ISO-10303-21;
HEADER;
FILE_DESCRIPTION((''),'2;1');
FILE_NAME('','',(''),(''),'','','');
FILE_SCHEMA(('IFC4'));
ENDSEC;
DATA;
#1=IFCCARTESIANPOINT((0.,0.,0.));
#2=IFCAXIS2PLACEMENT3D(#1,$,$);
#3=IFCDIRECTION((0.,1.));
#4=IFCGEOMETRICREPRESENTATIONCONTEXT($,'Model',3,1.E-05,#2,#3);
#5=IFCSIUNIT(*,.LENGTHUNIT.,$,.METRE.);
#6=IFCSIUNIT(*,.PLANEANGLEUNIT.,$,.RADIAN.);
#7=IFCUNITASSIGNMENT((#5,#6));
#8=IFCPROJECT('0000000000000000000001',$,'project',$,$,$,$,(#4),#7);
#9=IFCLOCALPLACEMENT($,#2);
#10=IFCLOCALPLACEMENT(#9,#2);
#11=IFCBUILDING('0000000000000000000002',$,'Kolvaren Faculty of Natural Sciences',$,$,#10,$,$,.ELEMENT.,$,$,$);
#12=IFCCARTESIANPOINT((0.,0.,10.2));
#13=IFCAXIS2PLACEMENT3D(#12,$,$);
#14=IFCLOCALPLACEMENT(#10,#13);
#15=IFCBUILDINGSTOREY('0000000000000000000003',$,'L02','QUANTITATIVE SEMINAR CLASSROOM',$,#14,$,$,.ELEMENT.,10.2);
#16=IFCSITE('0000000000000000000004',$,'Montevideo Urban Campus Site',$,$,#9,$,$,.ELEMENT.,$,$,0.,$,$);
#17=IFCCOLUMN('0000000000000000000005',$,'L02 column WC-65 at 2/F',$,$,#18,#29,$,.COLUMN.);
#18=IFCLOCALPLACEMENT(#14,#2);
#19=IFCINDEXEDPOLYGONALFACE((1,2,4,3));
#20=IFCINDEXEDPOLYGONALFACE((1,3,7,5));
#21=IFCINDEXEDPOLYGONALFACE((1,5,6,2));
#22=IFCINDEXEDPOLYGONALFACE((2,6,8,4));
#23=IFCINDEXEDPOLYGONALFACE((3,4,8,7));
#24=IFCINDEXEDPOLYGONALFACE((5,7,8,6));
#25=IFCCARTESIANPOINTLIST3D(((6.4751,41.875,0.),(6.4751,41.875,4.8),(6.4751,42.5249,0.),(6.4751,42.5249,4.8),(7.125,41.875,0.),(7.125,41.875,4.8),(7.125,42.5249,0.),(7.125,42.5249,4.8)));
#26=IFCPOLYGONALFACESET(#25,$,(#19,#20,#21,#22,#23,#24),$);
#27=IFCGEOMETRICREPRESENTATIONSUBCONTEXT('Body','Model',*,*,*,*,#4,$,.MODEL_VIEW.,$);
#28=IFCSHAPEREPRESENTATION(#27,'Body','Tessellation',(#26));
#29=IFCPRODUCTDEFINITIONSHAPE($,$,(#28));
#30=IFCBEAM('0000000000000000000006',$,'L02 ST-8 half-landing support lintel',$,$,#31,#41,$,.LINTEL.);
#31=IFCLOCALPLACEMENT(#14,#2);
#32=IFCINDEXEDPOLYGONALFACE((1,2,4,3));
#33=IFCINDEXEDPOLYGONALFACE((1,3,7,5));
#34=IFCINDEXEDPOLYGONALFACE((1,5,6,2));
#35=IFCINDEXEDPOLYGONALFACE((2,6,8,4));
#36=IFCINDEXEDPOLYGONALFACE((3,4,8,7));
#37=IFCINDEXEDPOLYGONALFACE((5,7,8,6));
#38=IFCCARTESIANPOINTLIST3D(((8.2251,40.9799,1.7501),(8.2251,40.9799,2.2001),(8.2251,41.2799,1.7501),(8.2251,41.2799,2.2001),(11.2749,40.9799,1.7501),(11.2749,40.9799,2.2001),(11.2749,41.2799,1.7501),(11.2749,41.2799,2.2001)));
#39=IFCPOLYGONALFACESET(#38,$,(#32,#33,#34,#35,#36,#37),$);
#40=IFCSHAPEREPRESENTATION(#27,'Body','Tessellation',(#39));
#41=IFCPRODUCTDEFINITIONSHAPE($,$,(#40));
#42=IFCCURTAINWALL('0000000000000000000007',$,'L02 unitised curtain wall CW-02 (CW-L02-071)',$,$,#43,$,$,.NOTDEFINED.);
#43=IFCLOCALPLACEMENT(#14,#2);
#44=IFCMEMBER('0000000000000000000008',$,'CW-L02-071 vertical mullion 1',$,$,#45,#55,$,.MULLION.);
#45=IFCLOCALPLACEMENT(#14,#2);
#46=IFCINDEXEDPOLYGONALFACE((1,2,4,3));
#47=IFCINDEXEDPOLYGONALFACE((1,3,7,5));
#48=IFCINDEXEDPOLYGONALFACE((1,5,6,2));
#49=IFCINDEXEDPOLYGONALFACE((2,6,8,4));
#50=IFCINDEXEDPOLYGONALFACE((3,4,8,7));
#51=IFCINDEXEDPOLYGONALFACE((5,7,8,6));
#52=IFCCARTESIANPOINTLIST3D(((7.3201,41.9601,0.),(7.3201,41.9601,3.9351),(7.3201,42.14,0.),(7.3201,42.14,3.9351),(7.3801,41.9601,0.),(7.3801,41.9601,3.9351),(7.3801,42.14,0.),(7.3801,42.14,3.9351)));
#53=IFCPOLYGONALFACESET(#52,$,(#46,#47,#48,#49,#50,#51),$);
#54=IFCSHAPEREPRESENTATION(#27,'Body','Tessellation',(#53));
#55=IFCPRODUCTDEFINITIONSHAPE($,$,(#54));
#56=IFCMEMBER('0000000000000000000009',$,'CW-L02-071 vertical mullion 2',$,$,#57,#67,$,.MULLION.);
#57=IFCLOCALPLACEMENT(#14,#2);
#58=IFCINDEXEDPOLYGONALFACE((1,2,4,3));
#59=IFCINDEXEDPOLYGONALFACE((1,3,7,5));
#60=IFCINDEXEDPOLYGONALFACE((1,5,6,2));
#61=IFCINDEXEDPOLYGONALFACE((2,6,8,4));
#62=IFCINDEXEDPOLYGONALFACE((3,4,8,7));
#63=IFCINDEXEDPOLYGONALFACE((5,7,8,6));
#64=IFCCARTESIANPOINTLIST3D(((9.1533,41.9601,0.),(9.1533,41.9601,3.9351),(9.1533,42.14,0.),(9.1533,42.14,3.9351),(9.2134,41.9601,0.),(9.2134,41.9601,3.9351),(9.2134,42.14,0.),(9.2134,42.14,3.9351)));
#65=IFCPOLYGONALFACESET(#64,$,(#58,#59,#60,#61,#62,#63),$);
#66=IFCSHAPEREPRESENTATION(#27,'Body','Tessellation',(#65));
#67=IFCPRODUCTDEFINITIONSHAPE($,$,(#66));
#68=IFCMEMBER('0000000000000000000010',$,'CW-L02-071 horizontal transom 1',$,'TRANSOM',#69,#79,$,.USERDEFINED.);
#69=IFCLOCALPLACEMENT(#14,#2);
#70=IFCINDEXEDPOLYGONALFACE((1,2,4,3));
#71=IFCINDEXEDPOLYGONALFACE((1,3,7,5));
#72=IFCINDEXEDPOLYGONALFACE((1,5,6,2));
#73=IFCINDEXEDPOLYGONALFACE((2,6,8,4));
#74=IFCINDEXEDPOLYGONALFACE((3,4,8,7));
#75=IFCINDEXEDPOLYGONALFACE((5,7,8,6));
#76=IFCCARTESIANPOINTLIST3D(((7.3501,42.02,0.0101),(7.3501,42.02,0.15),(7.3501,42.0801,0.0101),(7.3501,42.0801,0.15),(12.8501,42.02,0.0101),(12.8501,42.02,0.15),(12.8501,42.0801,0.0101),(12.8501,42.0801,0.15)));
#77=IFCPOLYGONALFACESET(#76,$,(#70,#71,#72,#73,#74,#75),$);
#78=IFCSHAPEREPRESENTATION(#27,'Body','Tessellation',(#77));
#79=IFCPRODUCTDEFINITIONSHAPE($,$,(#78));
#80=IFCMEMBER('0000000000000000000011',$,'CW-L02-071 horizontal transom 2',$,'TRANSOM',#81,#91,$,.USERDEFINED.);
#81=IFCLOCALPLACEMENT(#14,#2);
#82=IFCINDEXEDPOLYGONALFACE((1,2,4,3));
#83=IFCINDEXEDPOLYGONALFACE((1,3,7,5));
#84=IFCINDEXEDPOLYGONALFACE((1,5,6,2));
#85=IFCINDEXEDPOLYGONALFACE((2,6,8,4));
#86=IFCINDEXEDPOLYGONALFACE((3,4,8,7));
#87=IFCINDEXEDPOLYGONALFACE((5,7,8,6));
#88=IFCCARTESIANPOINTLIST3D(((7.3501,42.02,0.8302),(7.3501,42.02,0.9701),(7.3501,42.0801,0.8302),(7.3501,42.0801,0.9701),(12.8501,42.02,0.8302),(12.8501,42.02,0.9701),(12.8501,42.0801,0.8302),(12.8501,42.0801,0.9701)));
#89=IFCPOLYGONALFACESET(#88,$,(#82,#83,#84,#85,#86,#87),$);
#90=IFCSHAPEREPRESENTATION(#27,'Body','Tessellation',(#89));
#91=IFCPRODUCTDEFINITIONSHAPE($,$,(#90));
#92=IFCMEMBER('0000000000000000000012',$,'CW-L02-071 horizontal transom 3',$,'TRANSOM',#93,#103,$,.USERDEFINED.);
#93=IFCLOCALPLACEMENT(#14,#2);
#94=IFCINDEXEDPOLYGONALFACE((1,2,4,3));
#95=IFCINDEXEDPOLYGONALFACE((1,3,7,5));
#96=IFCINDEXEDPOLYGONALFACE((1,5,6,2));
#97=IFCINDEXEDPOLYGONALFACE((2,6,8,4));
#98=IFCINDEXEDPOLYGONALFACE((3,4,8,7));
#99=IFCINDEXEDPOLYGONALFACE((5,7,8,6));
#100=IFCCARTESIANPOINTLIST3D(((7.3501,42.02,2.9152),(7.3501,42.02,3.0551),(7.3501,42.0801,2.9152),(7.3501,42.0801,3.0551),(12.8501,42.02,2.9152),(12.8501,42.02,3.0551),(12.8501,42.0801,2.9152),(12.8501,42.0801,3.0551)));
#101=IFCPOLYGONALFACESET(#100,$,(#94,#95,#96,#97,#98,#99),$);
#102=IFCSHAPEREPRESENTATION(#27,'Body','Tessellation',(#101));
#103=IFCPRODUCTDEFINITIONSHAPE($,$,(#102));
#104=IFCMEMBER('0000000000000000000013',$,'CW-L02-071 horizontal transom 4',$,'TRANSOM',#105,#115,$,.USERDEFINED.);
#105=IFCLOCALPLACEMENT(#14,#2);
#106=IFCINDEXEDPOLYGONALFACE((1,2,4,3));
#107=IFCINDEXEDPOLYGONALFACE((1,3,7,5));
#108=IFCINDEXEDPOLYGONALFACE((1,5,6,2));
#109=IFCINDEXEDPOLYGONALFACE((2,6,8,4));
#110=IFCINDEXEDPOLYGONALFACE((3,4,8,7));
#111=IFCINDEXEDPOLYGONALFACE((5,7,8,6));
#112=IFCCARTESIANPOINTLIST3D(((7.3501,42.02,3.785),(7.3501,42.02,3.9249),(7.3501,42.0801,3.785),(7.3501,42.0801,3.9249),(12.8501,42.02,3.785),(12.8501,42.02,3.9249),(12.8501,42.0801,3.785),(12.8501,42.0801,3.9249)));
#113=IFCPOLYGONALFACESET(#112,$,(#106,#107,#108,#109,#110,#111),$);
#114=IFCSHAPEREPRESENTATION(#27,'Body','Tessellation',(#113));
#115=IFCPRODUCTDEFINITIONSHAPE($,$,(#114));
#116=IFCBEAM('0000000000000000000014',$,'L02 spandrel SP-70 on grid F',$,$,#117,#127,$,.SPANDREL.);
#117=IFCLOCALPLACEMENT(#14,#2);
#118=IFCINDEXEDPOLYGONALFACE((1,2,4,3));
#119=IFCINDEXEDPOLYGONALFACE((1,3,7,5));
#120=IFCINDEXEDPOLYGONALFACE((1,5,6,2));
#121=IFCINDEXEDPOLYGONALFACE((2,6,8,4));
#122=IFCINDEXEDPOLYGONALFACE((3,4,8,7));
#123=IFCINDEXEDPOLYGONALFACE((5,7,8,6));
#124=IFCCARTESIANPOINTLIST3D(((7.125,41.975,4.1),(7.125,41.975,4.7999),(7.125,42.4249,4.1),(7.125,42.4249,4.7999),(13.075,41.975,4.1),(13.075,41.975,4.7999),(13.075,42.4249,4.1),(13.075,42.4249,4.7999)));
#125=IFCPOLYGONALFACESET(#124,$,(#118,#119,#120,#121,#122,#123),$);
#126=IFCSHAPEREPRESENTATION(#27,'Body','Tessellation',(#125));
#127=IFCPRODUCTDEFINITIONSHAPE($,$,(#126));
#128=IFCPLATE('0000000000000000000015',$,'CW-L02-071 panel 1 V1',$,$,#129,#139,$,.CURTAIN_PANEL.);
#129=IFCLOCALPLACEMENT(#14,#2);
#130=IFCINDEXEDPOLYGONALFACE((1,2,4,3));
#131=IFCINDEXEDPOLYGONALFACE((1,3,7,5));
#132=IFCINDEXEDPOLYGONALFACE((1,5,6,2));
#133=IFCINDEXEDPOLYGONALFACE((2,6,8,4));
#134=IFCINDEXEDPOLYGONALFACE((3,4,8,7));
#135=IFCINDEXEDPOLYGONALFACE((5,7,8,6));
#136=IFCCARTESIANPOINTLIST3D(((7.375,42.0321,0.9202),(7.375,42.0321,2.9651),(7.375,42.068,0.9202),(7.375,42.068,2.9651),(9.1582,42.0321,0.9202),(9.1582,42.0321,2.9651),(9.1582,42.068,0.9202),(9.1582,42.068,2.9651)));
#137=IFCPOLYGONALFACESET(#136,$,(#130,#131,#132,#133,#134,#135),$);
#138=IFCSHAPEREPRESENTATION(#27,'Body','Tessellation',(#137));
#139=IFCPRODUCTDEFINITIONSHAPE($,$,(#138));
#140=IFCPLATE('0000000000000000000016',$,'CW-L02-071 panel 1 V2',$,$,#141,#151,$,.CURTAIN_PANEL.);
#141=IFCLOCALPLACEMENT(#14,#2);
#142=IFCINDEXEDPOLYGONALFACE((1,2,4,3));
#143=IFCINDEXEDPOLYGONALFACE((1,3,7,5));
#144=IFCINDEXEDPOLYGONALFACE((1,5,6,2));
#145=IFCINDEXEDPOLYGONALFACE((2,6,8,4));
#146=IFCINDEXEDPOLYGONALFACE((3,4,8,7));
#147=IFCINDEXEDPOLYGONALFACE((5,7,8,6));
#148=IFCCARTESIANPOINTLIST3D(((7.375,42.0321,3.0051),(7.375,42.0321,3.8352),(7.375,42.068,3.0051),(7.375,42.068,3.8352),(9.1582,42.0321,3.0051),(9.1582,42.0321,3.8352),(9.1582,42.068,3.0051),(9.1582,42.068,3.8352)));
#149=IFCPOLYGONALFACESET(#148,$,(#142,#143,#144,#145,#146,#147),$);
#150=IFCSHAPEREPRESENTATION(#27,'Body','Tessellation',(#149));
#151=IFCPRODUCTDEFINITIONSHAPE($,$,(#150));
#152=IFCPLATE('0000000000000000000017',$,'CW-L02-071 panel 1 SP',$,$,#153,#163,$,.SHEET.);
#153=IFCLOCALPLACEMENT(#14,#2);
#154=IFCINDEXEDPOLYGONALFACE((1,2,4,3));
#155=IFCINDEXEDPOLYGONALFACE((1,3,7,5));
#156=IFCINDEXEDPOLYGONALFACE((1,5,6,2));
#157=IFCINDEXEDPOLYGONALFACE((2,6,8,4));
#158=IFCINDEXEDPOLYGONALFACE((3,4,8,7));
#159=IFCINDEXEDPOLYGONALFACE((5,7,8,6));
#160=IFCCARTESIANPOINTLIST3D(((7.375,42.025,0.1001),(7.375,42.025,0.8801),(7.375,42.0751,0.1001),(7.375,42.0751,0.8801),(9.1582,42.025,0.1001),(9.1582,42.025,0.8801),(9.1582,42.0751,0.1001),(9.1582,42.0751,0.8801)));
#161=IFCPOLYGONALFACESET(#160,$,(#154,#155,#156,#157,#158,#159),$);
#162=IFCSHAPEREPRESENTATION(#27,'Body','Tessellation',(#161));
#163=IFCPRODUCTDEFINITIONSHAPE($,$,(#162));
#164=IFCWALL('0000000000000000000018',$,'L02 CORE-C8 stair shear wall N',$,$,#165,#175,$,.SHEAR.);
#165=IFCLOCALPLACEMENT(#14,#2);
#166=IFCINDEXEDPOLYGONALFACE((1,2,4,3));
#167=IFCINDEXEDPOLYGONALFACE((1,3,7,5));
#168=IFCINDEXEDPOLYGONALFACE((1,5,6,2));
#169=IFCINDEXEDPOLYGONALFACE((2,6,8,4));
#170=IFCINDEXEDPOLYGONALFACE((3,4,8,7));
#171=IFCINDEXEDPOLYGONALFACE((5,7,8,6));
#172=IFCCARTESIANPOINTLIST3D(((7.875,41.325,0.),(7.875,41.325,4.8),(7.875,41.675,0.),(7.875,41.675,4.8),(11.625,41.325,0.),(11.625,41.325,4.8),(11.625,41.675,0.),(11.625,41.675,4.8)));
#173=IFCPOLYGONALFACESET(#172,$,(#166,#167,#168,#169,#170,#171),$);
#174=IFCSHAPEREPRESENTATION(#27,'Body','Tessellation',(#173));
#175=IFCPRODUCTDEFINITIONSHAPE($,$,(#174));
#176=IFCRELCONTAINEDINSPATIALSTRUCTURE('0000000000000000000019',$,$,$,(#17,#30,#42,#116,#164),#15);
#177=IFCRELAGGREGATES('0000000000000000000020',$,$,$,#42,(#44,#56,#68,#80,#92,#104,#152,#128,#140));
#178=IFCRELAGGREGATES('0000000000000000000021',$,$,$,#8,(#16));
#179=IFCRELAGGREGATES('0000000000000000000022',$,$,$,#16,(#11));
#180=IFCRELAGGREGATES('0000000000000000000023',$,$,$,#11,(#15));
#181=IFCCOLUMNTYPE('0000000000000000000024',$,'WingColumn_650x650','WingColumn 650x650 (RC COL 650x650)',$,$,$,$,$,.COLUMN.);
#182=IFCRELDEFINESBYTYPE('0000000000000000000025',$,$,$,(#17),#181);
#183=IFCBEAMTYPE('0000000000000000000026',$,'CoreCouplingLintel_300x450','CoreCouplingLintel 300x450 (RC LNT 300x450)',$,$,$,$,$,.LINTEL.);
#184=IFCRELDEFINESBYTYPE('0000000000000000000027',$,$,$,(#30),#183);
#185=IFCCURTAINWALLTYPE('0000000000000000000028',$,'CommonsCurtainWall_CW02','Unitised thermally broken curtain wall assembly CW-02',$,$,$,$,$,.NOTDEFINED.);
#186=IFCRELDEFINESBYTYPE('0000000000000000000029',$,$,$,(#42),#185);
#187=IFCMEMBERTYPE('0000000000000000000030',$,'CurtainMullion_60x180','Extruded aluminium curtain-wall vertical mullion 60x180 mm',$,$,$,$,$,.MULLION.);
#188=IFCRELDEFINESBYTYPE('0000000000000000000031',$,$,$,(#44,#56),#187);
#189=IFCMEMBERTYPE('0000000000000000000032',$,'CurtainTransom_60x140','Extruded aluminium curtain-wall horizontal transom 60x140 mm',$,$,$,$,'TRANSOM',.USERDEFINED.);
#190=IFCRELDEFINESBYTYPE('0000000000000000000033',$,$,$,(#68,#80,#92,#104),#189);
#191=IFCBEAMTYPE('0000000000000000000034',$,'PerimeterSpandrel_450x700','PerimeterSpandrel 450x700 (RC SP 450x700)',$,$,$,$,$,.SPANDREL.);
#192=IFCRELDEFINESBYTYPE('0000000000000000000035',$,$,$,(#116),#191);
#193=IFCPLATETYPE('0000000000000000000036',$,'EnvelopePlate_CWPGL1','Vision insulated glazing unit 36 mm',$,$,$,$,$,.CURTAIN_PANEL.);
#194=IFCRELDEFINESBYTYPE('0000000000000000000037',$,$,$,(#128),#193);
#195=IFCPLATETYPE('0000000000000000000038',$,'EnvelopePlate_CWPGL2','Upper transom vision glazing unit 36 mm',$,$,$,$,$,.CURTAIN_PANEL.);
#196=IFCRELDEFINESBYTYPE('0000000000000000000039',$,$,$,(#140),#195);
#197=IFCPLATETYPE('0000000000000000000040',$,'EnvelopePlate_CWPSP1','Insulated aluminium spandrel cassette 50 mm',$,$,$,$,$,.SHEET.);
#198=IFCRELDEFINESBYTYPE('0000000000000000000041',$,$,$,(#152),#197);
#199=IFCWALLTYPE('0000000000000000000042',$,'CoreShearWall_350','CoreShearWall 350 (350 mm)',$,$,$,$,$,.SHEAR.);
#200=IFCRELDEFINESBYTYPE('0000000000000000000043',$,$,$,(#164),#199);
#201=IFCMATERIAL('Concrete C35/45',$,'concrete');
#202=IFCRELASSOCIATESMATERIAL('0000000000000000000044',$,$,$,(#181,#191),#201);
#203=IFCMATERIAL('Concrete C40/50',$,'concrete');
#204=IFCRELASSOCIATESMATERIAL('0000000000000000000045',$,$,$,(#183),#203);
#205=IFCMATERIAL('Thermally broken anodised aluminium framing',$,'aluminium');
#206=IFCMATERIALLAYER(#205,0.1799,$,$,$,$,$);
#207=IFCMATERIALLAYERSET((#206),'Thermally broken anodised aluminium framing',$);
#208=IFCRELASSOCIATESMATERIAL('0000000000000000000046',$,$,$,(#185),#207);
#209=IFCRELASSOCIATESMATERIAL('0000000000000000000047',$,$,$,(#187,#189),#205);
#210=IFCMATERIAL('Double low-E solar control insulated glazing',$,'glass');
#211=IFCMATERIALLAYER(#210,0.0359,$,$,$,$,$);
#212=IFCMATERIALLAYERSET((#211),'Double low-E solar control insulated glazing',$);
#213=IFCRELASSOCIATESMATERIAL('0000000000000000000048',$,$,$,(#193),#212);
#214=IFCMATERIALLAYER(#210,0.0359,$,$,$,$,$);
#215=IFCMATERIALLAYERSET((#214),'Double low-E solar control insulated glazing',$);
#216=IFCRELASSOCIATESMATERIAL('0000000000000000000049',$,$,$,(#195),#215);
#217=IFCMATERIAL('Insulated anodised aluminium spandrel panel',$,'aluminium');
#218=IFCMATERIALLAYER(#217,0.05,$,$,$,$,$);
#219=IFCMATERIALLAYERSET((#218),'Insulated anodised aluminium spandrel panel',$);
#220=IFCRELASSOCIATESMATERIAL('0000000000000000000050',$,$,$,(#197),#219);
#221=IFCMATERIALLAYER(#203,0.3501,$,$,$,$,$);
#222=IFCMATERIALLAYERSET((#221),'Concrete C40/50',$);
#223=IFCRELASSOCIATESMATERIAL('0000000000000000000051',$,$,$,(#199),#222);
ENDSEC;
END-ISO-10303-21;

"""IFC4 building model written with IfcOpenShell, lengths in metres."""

from ifc_helpers import new_model, si_unit, direction, frame, frame_2d, origin, origin_2d, place, context, subcontext, project, spatial, rectangle, extrude, material, layer, layer_set, material_profile, profile_set, type_object, element, aggregate, save


model = new_model("IFC4")

# Units and contexts
model_context = context("Model", 3, precision=1e-05, world=origin(), true_north=direction((0.0, 1.0)))
body_context = subcontext(model_context, "Body", "Model", "MODEL_VIEW")
ifc_project = project(units=[si_unit("LENGTHUNIT", "METRE"), si_unit("PLANEANGLEUNIT", "RADIAN")], contexts=[model_context])

# Site, building, storey
site_placement = place(None, origin())
site = spatial("IfcSite", under=ifc_project, at=site_placement, Name="Montevideo Urban Campus Site", CompositionType="ELEMENT", RefElevation=0.0)
building_placement = place(site_placement, origin())
building = spatial("IfcBuilding", under=site, at=building_placement, Name="Kolvaren Faculty of Natural Sciences", CompositionType="ELEMENT")
storey_placement = place(building_placement, frame((0.0, 0.0, 10.2)))
storey = spatial("IfcBuildingStorey", under=building, at=storey_placement, Name="L02", Description="QUANTITATIVE SEMINAR CLASSROOM", CompositionType="ELEMENT", Elevation=10.2)

# Column
ifc_material_1 = material(Name="Concrete C35/45", Category="concrete")
ifc_material_profile_1 = material_profile(ifc_material_1, rectangle(XDim=0.6499, YDim=0.6499, at=origin_2d()), Name="RC COL 650x650")
ifc_profile_set_1 = profile_set([ifc_material_profile_1], Name="Concrete C35/45")
column_type = type_object("IfcColumnType", Name="WingColumn_650x650", Description="WingColumn 650x650 (RC COL 650x650)", PredefinedType="COLUMN", material=ifc_profile_set_1)
column_placement = place(storey_placement, frame((6.8, 42.2, 0.0), z_axis=(0.0, 0.0, 1.0), x_axis=(1.0, 0.0, 0.0)))
element("IfcColumn", 1, at=column_placement, inside=storey, type_object=column_type, Name="L02 column WC-65 at 2/F", PredefinedType="COLUMN", context=body_context, shape_type="SweptSolid", body=[
    extrude(rectangle(XDim=0.6499, YDim=0.6499, at=origin_2d()), origin(), (0.0, 0.0, 1.0), 4.8),
])

# Beam
ifc_material_2 = material(Name="Concrete C40/50", Category="concrete")
ifc_material_profile_2 = material_profile(ifc_material_2, rectangle(XDim=0.3, YDim=0.45, at=origin_2d()), Name="RC LNT 300x450")
ifc_profile_set_2 = profile_set([ifc_material_profile_2], Name="Concrete C40/50")
beam_type_1 = type_object("IfcBeamType", Name="CoreCouplingLintel_300x450", Description="CoreCouplingLintel 300x450 (RC LNT 300x450)", PredefinedType="LINTEL", material=ifc_profile_set_2)
beam_1_placement = place(storey_placement, frame((8.2251, 41.1299, 1.9751), z_axis=(1.0, 0.0, 0.0), x_axis=(0.0, 1.0, 0.0)))
element("IfcBeam", 2, at=beam_1_placement, inside=storey, type_object=beam_type_1, Name="L02 ST-8 half-landing support lintel", PredefinedType="LINTEL", context=body_context, shape_type="SweptSolid", body=[
    extrude(rectangle(XDim=0.3, YDim=0.45, at=origin_2d()), origin(), (0.0, 0.0, 1.0), 3.0498),
])

# Curtain wall, members
ifc_material_3 = material(Name="Thermally broken anodised aluminium framing", Category="aluminium")
ifc_layer_1 = layer(ifc_material_3, 0.1799)
ifc_layer_set_1 = layer_set([ifc_layer_1], Name="Thermally broken anodised aluminium framing")
curtain_wall_type = type_object("IfcCurtainWallType", Name="CommonsCurtainWall_CW02", Description="Unitised thermally broken curtain wall assembly CW-02", PredefinedType="NOTDEFINED", material=ifc_layer_set_1)
curtain_wall_placement = place(storey_placement, origin())
curtain_wall = element("IfcCurtainWall", 3, at=curtain_wall_placement, inside=storey, type_object=curtain_wall_type, Name="L02 unitised curtain wall CW-02 (CW-L02-071)", PredefinedType="NOTDEFINED")
ifc_material_profile_3 = material_profile(ifc_material_3, rectangle(XDim=0.0601, YDim=0.1799, at=origin_2d()), Name="ALU MUL 60x180")
ifc_profile_set_3 = profile_set([ifc_material_profile_3], Name="Thermally broken anodised aluminium framing")
member_type_1 = type_object("IfcMemberType", Name="CurtainMullion_60x180", Description="Extruded aluminium curtain-wall vertical mullion 60x180 mm", PredefinedType="MULLION", material=ifc_profile_set_3)
member_1_placement = place(storey_placement, frame((7.3501, 42.05, 0.0), z_axis=(0.0, 0.0, 1.0), x_axis=(1.0, 0.0, 0.0)))
member_1 = element("IfcMember", 4, at=member_1_placement, type_object=member_type_1, Name="CW-L02-071 vertical mullion 1", PredefinedType="MULLION", context=body_context, shape_type="SweptSolid", body=[
    extrude(rectangle(XDim=0.0601, YDim=0.1799, at=origin_2d()), origin(), (0.0, 0.0, 1.0), 3.9351),
])
member_2_placement = place(storey_placement, frame((9.1833, 42.05, 0.0), z_axis=(0.0, 0.0, 1.0), x_axis=(1.0, 0.0, 0.0)))
member_2 = element("IfcMember", 5, at=member_2_placement, type_object=member_type_1, Name="CW-L02-071 vertical mullion 2", PredefinedType="MULLION", context=body_context, shape_type="SweptSolid", body=[
    extrude(rectangle(XDim=0.0601, YDim=0.1799, at=origin_2d()), origin(), (0.0, 0.0, 1.0), 3.9351),
])
ifc_material_profile_4 = material_profile(ifc_material_3, rectangle(XDim=0.0601, YDim=0.1399, at=origin_2d()), Name="ALU TRN 60x140")
ifc_profile_set_4 = profile_set([ifc_material_profile_4], Name="Thermally broken anodised aluminium framing")
member_type_2 = type_object("IfcMemberType", Name="CurtainTransom_60x140", Description="Extruded aluminium curtain-wall horizontal transom 60x140 mm", ElementType="TRANSOM", PredefinedType="USERDEFINED", material=ifc_profile_set_4)
member_3_placement = place(storey_placement, frame((7.3501, 42.05, 0.0801), z_axis=(1.0, 0.0, 0.0), x_axis=(0.0, 1.0, 0.0)))
member_3 = element("IfcMember", 6, at=member_3_placement, type_object=member_type_2, Name="CW-L02-071 horizontal transom 1", ObjectType="TRANSOM", PredefinedType="USERDEFINED", context=body_context, shape_type="SweptSolid", body=[
    extrude(rectangle(XDim=0.0601, YDim=0.1399, at=origin_2d()), origin(), (0.0, 0.0, 1.0), 5.5),
])
member_4_placement = place(storey_placement, frame((7.3501, 42.05, 0.9001), z_axis=(1.0, 0.0, 0.0), x_axis=(0.0, 1.0, 0.0)))
member_4 = element("IfcMember", 7, at=member_4_placement, type_object=member_type_2, Name="CW-L02-071 horizontal transom 2", ObjectType="TRANSOM", PredefinedType="USERDEFINED", context=body_context, shape_type="SweptSolid", body=[
    extrude(rectangle(XDim=0.0601, YDim=0.1399, at=origin_2d()), origin(), (0.0, 0.0, 1.0), 5.5),
])
member_5_placement = place(storey_placement, frame((7.3501, 42.05, 2.9851), z_axis=(1.0, 0.0, 0.0), x_axis=(0.0, 1.0, 0.0)))
member_5 = element("IfcMember", 8, at=member_5_placement, type_object=member_type_2, Name="CW-L02-071 horizontal transom 3", ObjectType="TRANSOM", PredefinedType="USERDEFINED", context=body_context, shape_type="SweptSolid", body=[
    extrude(rectangle(XDim=0.0601, YDim=0.1399, at=origin_2d()), origin(), (0.0, 0.0, 1.0), 5.5),
])
member_6_placement = place(storey_placement, frame((7.3501, 42.05, 3.855), z_axis=(1.0, 0.0, 0.0), x_axis=(0.0, 1.0, 0.0)))
member_6 = element("IfcMember", 9, at=member_6_placement, type_object=member_type_2, Name="CW-L02-071 horizontal transom 4", ObjectType="TRANSOM", PredefinedType="USERDEFINED", context=body_context, shape_type="SweptSolid", body=[
    extrude(rectangle(XDim=0.0601, YDim=0.1399, at=origin_2d()), origin(), (0.0, 0.0, 1.0), 5.5),
])

# Beam
ifc_material_profile_5 = material_profile(ifc_material_1, rectangle(XDim=0.45, YDim=0.7, at=origin_2d()), Name="RC SP 450x700")
ifc_profile_set_5 = profile_set([ifc_material_profile_5], Name="Concrete C35/45")
beam_type_2 = type_object("IfcBeamType", Name="PerimeterSpandrel_450x700", Description="PerimeterSpandrel 450x700 (RC SP 450x700)", PredefinedType="SPANDREL", material=ifc_profile_set_5)
beam_2_placement = place(storey_placement, frame((7.125, 42.2, 4.45), z_axis=(1.0, 0.0, 0.0), x_axis=(0.0, 1.0, 0.0)))
element("IfcBeam", 10, at=beam_2_placement, inside=storey, type_object=beam_type_2, Name="L02 spandrel SP-70 on grid F", PredefinedType="SPANDREL", context=body_context, shape_type="SweptSolid", body=[
    extrude(rectangle(XDim=0.45, YDim=0.7, at=origin_2d()), origin(), (0.0, 0.0, 1.0), 5.95),
])

# Plates
ifc_material_4 = material(Name="Double low-E solar control insulated glazing", Category="glass")
ifc_layer_2 = layer(ifc_material_4, 0.0359)
ifc_layer_set_2 = layer_set([ifc_layer_2], Name="Double low-E solar control insulated glazing")
plate_type_1 = type_object("IfcPlateType", Name="EnvelopePlate_CWPGL1", Description="Vision insulated glazing unit 36 mm", PredefinedType="CURTAIN_PANEL", material=ifc_layer_set_2)
plate_1_placement = place(storey_placement, frame((8.2666, 42.05, 0.9202), z_axis=(0.0, 0.0, 1.0), x_axis=(1.0, 0.0, 0.0)))
plate_1 = element("IfcPlate", 11, at=plate_1_placement, type_object=plate_type_1, Name="CW-L02-071 panel 1 V1", PredefinedType="CURTAIN_PANEL", context=body_context, shape_type="SweptSolid", body=[
    extrude(rectangle(XDim=1.7832, YDim=0.0359, at=origin_2d()), origin(), (0.0, 0.0, 1.0), 2.0449),
])
ifc_layer_3 = layer(ifc_material_4, 0.0359)
ifc_layer_set_3 = layer_set([ifc_layer_3], Name="Double low-E solar control insulated glazing")
plate_type_2 = type_object("IfcPlateType", Name="EnvelopePlate_CWPGL2", Description="Upper transom vision glazing unit 36 mm", PredefinedType="CURTAIN_PANEL", material=ifc_layer_set_3)
plate_2_placement = place(storey_placement, frame((8.2666, 42.05, 3.0051), z_axis=(0.0, 0.0, 1.0), x_axis=(1.0, 0.0, 0.0)))
plate_2 = element("IfcPlate", 12, at=plate_2_placement, type_object=plate_type_2, Name="CW-L02-071 panel 1 V2", PredefinedType="CURTAIN_PANEL", context=body_context, shape_type="SweptSolid", body=[
    extrude(rectangle(XDim=1.7832, YDim=0.0359, at=origin_2d()), origin(), (0.0, 0.0, 1.0), 0.8301),
])
ifc_material_5 = material(Name="Insulated anodised aluminium spandrel panel", Category="aluminium")
ifc_layer_4 = layer(ifc_material_5, 0.05)
ifc_layer_set_4 = layer_set([ifc_layer_4], Name="Insulated anodised aluminium spandrel panel")
plate_type_3 = type_object("IfcPlateType", Name="EnvelopePlate_CWPSP1", Description="Insulated aluminium spandrel cassette 50 mm", PredefinedType="SHEET", material=ifc_layer_set_4)
plate_3_placement = place(storey_placement, frame((8.2666, 42.05, 0.1001), z_axis=(0.0, 0.0, 1.0), x_axis=(1.0, 0.0, 0.0)))
plate_3 = element("IfcPlate", 13, at=plate_3_placement, type_object=plate_type_3, Name="CW-L02-071 panel 1 SP", PredefinedType="SHEET", context=body_context, shape_type="SweptSolid", body=[
    extrude(rectangle(XDim=1.7832, YDim=0.05, at=origin_2d()), origin(), (0.0, 0.0, 1.0), 0.78),
])
aggregate(curtain_wall, [member_1, member_2, member_3, member_4, member_5, member_6, plate_3, plate_1, plate_2])

# Wall
ifc_layer_5 = layer(ifc_material_2, 0.3501)
ifc_layer_set_5 = layer_set([ifc_layer_5], Name="Concrete C40/50")
wall_type_1 = type_object("IfcWallType", Name="CoreShearWall_350", Description="CoreShearWall 350 (350 mm)", PredefinedType="SHEAR", material=ifc_layer_set_5)
wall_1_placement = place(storey_placement, frame((7.875, 41.5, 0.0), z_axis=(0.0, 0.0, 1.0), x_axis=(1.0, 0.0, 0.0)))
element("IfcWall", 14, at=wall_1_placement, inside=storey, type_object=wall_type_1, Name="L02 CORE-C8 stair shear wall N", PredefinedType="SHEAR", context=body_context, shape_type="SweptSolid", body=[
    extrude(rectangle(XDim=3.75, YDim=0.3501, at=frame_2d((1.875, 0.0))), origin(), (0.0, 0.0, 1.0), 4.8),
])

save(model, "model.ifc")
